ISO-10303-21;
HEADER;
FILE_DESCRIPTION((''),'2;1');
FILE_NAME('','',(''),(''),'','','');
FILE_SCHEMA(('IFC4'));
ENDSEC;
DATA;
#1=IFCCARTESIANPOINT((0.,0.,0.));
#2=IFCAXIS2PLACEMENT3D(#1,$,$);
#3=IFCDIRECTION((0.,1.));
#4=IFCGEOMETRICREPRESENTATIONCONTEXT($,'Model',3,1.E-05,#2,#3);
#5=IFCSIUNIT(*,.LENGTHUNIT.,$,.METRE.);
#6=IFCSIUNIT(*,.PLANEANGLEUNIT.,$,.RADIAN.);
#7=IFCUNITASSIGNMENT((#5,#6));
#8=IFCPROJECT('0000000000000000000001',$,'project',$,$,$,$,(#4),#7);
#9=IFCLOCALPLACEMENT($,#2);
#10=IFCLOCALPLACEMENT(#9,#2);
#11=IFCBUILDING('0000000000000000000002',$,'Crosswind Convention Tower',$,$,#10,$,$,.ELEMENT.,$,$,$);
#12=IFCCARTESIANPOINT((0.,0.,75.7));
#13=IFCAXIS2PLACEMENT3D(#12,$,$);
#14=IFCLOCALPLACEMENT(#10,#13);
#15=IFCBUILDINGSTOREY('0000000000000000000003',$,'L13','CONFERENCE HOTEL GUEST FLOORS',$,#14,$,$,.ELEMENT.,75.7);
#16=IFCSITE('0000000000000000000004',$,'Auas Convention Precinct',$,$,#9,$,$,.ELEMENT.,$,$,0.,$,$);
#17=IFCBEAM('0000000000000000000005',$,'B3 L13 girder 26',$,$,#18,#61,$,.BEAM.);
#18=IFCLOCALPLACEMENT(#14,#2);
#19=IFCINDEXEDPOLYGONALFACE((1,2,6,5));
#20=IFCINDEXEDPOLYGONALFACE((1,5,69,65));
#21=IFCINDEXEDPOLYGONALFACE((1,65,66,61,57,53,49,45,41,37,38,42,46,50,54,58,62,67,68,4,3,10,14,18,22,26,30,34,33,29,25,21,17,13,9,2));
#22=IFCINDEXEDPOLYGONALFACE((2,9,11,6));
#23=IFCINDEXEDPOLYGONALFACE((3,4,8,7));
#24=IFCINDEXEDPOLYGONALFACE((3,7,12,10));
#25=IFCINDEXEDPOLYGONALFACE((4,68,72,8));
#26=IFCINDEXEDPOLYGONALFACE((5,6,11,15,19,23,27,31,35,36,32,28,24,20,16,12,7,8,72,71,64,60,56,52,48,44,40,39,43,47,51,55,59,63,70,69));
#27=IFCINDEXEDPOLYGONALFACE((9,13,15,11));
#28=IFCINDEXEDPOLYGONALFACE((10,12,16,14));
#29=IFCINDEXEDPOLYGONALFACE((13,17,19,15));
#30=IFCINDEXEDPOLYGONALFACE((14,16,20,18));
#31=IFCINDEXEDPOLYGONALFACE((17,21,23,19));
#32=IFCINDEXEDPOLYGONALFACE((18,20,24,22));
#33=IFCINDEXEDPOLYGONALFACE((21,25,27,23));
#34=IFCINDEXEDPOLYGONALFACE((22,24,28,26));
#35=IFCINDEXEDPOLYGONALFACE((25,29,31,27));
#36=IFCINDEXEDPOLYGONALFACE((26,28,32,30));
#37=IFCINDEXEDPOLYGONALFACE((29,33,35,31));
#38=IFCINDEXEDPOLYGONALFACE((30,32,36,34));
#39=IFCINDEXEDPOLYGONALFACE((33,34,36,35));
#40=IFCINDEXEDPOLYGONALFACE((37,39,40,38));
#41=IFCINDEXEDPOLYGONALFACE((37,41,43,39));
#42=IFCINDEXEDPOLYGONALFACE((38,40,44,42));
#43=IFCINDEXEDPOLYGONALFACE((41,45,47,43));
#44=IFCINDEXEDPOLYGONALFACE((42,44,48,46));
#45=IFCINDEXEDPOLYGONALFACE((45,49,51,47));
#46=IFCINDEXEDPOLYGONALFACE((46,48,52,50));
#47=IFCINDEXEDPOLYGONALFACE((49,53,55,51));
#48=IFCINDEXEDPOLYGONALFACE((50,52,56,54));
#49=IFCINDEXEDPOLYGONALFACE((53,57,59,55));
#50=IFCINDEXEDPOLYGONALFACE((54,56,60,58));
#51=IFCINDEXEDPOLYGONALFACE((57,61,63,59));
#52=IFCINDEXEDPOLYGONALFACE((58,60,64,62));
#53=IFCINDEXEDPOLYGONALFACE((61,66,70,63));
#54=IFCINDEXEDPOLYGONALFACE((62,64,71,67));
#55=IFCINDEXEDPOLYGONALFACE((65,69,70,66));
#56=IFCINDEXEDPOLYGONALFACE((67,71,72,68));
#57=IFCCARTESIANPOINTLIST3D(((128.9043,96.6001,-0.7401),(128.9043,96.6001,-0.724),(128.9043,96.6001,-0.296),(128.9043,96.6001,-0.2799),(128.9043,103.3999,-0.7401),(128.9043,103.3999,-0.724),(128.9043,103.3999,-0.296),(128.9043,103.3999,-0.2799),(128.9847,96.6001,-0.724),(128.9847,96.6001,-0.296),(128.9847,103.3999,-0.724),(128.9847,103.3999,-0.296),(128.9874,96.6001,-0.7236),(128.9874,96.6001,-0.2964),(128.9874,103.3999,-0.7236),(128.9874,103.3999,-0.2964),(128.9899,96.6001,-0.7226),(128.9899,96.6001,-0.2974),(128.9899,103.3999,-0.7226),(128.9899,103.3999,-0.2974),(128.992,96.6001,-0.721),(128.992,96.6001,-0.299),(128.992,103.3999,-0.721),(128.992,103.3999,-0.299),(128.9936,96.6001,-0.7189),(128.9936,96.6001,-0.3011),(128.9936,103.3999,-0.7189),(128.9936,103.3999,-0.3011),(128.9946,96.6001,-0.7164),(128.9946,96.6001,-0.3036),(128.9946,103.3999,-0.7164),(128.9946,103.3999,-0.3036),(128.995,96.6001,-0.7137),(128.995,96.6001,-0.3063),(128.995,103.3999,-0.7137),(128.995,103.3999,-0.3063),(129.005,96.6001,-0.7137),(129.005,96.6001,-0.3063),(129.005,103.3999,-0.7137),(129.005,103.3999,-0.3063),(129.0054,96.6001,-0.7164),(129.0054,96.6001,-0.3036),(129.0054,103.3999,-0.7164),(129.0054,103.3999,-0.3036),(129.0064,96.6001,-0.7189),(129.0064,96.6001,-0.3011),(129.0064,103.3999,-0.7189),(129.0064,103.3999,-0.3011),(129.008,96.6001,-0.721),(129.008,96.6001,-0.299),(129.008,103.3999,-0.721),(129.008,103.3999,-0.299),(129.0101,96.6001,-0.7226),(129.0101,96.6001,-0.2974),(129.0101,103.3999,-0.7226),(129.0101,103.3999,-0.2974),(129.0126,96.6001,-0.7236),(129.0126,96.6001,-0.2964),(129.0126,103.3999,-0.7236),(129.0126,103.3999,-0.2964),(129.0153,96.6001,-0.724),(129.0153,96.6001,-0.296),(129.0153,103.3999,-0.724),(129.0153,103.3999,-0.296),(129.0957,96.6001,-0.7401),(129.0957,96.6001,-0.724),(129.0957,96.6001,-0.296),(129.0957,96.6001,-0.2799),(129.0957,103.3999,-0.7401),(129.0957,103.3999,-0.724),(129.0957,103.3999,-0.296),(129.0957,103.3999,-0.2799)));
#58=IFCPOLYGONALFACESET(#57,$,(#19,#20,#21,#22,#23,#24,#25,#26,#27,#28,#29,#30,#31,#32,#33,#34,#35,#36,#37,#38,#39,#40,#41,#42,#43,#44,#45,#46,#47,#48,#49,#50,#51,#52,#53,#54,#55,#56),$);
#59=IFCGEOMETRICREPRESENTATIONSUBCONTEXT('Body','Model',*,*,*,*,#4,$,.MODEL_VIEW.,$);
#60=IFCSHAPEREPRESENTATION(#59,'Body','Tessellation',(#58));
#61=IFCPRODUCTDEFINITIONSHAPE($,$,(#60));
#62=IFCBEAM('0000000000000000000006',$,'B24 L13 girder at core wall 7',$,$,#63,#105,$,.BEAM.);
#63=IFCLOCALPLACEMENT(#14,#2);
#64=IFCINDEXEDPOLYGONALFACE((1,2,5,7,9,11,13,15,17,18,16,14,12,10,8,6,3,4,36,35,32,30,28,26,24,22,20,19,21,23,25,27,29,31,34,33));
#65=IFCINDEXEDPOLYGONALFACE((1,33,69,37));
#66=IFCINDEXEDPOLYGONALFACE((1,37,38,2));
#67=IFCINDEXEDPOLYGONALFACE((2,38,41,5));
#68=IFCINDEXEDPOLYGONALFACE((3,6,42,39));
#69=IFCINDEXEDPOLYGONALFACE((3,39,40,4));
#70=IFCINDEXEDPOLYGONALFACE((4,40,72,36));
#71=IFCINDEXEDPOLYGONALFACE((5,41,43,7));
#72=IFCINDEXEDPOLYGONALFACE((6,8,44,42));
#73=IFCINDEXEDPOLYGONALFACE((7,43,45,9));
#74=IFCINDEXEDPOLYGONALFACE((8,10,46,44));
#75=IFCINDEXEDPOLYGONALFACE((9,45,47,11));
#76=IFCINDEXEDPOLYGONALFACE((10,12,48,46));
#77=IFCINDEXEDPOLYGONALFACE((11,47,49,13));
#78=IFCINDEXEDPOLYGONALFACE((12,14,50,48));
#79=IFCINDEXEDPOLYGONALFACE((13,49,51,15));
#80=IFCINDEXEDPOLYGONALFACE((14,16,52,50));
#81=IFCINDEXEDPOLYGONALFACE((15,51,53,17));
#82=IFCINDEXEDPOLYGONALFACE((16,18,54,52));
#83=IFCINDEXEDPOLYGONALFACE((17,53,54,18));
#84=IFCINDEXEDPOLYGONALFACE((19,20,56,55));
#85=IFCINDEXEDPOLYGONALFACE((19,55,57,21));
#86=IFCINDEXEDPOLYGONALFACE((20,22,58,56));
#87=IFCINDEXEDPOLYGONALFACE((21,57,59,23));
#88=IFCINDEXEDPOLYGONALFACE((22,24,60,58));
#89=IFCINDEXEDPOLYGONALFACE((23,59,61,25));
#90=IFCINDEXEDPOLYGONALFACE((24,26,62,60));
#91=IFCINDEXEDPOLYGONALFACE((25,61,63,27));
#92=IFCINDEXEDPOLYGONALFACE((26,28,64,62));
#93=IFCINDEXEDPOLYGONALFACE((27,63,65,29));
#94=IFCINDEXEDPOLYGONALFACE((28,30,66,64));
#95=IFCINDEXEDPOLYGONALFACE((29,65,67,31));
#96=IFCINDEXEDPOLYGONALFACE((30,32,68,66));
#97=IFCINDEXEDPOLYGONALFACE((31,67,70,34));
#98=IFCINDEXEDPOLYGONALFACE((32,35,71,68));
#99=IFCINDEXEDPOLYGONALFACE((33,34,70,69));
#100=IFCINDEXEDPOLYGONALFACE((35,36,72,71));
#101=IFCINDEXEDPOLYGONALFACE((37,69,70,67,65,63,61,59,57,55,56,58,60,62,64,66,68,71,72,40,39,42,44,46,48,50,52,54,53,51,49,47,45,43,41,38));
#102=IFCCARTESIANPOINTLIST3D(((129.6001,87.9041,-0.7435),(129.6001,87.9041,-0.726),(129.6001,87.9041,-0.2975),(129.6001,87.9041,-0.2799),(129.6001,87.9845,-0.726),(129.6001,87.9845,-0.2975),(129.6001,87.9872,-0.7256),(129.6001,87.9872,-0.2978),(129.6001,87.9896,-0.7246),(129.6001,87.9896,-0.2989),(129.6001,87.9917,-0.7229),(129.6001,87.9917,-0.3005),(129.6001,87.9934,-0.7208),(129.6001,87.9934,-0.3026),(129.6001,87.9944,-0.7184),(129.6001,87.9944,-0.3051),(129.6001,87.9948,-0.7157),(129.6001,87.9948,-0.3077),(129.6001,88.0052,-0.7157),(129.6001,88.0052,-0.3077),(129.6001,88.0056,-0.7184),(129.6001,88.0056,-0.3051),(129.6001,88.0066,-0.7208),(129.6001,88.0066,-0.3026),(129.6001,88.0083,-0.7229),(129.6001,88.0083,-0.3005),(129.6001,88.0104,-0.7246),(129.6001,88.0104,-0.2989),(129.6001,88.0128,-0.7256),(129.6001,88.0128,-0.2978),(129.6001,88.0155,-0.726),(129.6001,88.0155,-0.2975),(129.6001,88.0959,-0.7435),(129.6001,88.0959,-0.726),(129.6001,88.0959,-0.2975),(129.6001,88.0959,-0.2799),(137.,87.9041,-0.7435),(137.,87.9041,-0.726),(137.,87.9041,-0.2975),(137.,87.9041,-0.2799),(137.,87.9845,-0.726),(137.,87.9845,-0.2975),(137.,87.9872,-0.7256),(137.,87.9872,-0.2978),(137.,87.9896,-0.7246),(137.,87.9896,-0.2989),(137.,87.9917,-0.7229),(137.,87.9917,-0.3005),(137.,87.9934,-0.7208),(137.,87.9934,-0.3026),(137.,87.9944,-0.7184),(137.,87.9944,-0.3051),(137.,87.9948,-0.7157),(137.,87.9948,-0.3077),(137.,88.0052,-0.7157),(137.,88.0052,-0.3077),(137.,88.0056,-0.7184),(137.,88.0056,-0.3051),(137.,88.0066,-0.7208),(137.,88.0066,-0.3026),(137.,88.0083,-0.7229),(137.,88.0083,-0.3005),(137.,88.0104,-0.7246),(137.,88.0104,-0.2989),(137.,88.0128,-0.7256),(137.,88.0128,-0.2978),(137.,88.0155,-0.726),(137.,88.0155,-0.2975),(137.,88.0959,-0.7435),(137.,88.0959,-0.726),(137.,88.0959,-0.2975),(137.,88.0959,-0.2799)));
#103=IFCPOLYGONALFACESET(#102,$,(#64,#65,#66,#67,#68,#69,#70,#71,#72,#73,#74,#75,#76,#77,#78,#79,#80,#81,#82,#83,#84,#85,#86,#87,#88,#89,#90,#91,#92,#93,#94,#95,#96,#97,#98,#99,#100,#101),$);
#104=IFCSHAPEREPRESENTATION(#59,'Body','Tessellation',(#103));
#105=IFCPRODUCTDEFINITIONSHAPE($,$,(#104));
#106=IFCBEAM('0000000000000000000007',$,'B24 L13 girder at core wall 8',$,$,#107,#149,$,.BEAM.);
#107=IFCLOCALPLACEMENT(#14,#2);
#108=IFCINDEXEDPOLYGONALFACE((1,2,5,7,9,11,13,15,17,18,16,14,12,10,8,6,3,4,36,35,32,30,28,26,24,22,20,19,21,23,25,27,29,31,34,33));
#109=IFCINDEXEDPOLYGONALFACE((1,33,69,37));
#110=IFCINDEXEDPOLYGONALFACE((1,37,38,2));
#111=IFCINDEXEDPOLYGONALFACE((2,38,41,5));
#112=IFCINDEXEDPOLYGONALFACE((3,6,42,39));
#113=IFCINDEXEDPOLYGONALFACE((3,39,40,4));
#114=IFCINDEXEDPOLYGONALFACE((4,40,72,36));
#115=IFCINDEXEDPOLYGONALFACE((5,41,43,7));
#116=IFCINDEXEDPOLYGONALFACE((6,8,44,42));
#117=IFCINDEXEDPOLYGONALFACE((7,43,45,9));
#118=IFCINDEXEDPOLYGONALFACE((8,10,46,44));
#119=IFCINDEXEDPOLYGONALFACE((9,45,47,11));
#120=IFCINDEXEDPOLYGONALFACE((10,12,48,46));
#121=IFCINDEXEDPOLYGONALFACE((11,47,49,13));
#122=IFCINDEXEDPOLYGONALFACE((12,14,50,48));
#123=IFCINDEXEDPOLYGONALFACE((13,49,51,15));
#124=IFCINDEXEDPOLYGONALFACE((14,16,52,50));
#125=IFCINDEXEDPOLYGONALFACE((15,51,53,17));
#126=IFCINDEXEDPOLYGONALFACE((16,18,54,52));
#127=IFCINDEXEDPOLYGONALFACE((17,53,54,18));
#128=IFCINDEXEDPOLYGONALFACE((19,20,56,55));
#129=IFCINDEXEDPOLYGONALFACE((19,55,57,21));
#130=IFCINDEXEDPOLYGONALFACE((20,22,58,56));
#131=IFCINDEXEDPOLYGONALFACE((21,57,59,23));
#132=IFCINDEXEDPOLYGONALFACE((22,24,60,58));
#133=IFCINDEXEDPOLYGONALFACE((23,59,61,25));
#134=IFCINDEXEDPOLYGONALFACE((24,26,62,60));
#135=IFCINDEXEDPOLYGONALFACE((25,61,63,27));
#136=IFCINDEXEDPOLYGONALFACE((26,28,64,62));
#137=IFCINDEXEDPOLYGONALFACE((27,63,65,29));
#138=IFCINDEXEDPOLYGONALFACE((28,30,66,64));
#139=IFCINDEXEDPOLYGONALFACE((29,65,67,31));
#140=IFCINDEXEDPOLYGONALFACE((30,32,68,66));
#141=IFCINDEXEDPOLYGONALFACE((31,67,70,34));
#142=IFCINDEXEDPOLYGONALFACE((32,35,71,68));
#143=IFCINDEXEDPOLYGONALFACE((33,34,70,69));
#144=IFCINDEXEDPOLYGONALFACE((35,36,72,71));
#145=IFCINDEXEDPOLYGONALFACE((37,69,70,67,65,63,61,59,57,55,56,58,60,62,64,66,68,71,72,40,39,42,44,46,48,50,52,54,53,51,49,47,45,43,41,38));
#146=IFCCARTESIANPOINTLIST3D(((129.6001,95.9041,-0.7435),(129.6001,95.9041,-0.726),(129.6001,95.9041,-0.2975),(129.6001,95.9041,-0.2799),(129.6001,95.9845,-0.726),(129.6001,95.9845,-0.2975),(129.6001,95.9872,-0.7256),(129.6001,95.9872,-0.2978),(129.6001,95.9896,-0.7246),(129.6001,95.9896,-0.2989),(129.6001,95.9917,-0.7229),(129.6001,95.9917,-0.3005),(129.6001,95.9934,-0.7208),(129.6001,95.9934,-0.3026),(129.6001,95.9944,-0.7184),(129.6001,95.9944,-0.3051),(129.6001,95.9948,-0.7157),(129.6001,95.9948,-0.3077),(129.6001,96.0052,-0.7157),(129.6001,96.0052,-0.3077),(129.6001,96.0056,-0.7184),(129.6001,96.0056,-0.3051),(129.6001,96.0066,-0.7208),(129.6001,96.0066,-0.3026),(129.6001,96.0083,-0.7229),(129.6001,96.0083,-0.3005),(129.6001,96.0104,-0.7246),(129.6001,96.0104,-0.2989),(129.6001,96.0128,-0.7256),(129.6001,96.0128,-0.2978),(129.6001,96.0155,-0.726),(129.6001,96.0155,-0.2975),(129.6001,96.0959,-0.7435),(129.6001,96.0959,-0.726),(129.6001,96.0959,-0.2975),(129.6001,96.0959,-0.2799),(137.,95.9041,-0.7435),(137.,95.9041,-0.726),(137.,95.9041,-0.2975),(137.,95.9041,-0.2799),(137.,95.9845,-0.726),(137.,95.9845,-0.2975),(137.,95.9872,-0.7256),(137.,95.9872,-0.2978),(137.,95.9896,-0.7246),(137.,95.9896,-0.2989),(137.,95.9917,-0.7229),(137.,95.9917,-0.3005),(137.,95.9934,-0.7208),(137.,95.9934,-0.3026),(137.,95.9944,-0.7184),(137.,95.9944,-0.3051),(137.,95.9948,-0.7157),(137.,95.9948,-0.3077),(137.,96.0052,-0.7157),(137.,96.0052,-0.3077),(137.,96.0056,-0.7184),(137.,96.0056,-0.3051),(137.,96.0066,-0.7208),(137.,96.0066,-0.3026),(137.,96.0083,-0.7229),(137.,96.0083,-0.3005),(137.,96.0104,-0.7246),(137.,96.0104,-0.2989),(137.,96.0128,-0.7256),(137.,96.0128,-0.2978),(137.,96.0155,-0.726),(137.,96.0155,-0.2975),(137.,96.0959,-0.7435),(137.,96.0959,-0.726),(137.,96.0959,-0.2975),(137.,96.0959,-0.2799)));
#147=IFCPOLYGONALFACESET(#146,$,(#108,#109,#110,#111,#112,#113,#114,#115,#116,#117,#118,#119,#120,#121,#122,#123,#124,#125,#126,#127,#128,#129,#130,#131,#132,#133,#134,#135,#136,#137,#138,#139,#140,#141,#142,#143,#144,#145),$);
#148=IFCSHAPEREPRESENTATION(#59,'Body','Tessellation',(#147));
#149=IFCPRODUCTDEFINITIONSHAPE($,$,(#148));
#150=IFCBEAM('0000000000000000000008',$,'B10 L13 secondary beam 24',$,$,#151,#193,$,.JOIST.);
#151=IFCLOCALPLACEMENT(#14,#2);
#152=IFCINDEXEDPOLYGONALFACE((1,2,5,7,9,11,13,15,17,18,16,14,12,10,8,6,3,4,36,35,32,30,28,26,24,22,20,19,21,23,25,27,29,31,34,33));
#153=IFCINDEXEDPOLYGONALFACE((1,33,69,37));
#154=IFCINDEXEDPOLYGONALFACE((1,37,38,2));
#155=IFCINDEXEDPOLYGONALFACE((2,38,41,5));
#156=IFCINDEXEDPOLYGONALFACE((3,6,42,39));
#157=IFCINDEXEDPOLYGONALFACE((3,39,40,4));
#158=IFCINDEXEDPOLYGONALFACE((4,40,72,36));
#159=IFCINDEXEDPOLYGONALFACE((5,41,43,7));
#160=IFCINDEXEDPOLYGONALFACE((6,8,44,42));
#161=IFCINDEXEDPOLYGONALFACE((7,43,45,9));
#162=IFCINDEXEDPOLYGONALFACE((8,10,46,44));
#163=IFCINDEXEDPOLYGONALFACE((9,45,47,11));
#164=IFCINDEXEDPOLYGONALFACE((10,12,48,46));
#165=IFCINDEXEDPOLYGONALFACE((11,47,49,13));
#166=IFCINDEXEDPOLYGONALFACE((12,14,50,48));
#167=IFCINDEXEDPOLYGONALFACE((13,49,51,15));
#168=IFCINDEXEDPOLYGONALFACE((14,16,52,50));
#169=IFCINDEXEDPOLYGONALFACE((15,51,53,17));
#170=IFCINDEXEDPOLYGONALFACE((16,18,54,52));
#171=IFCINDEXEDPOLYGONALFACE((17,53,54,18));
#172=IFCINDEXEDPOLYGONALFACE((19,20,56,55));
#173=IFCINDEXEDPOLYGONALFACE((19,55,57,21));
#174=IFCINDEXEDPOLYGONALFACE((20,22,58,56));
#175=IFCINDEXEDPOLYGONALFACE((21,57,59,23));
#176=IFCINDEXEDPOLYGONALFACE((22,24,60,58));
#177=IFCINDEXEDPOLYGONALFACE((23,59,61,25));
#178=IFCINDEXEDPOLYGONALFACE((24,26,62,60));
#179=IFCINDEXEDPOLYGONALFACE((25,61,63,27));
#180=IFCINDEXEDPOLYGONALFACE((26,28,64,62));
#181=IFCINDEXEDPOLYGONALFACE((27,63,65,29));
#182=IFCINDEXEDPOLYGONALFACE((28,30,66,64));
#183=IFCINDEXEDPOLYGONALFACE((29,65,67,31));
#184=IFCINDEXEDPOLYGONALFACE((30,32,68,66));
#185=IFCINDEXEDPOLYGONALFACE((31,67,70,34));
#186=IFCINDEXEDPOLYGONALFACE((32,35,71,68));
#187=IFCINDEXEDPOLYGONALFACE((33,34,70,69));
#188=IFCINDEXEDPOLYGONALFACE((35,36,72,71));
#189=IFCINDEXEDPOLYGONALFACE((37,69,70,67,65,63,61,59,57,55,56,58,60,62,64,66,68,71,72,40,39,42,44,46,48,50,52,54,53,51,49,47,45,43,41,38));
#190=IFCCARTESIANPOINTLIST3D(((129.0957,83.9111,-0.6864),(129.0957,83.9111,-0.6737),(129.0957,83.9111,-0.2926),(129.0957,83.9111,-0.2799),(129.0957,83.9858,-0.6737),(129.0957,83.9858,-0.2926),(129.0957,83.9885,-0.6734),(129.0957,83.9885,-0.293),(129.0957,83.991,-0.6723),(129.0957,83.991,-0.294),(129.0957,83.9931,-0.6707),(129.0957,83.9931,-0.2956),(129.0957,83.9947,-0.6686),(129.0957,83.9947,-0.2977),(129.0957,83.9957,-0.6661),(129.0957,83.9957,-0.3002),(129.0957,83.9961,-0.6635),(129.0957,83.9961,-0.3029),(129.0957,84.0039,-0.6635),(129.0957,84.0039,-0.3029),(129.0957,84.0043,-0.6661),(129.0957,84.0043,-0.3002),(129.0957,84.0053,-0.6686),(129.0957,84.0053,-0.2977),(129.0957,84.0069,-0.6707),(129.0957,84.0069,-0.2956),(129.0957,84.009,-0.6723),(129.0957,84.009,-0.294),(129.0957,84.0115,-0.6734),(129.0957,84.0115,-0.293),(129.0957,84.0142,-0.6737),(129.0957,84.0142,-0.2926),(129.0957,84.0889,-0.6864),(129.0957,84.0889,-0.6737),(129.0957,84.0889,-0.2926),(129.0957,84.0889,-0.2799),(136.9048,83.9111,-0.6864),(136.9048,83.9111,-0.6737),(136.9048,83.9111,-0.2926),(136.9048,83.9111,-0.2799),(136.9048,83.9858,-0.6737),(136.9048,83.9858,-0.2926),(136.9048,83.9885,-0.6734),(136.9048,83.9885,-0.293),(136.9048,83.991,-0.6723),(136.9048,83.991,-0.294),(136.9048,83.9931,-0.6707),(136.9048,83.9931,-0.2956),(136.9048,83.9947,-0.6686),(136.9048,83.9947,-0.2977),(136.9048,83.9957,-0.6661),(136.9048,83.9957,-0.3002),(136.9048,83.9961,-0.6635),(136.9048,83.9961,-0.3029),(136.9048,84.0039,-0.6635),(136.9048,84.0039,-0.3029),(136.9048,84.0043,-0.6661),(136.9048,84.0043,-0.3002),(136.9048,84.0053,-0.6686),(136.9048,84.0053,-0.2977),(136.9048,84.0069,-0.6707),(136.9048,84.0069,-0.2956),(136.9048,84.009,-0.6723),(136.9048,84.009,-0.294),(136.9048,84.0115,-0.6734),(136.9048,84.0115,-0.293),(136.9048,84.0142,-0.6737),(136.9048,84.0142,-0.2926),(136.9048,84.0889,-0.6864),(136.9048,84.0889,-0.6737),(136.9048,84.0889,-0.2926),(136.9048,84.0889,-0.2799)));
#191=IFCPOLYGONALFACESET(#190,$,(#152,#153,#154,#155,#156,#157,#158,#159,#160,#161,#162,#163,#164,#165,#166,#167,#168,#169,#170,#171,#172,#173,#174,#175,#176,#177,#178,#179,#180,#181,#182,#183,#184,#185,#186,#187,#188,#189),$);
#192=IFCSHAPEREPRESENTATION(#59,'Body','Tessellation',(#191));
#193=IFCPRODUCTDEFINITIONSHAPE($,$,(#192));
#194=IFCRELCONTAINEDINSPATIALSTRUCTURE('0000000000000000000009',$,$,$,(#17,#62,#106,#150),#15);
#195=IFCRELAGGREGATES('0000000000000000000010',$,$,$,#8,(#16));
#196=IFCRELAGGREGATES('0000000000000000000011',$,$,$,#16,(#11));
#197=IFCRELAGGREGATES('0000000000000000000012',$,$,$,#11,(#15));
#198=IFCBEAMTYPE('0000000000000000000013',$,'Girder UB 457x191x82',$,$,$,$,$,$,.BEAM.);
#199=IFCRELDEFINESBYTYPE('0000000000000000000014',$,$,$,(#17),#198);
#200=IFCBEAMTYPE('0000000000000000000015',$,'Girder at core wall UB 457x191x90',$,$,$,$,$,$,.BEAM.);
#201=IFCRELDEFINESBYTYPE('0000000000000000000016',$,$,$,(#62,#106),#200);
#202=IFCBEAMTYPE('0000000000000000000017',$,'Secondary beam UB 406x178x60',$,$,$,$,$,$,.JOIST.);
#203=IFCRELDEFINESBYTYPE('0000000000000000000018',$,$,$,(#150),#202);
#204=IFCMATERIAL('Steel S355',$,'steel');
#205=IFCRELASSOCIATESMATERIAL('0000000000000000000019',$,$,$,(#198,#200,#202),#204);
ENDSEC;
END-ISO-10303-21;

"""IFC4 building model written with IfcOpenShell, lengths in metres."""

from ifc_helpers import new_model, si_unit, direction, frame, origin, origin_2d, place, context, subcontext, project, spatial, i_section, extrude, material, material_profile, profile_set, type_object, element, save


model = new_model("IFC4")

# Units and contexts
model_context = context("Model", 3, precision=1e-05, world=origin(), true_north=direction((0.0, 1.0)))
body_context = subcontext(model_context, "Body", "Model", "MODEL_VIEW")
ifc_project = project(units=[si_unit("LENGTHUNIT", "METRE"), si_unit("PLANEANGLEUNIT", "RADIAN")], contexts=[model_context])

# Site, building, storey
site_placement = place(None, origin())
site = spatial("IfcSite", under=ifc_project, at=site_placement, Name="Auas Convention Precinct", CompositionType="ELEMENT", RefElevation=0.0)
building_placement = place(site_placement, origin())
building = spatial("IfcBuilding", under=site, at=building_placement, Name="Crosswind Convention Tower", CompositionType="ELEMENT")
storey_placement = place(building_placement, frame((0.0, 0.0, 75.7)))
storey = spatial("IfcBuildingStorey", under=building, at=storey_placement, Name="L13", Description="CONFERENCE HOTEL GUEST FLOORS", CompositionType="ELEMENT", Elevation=75.7)

# Beams
ifc_material_1 = material(Name="Steel S355", Category="steel")
ifc_material_profile_1 = material_profile(ifc_material_1, i_section(OverallWidth=0.1914, OverallDepth=0.4602, WebThickness=0.01, FlangeThickness=0.0161, FilletRadius=0.0103, at=origin_2d()), Name="UB 457x191x82")
ifc_profile_set_1 = profile_set([ifc_material_profile_1], Name="Steel S355")
beam_type_1 = type_object("IfcBeamType", Name="Girder UB 457x191x82", PredefinedType="BEAM", material=ifc_profile_set_1)
for number, where, z_axis, x_axis, name in (
    (1, (129.0, 96.6001, -0.51), (0.0, 1.0, 0.0), (-1.0, 0.0, 0.0), "B3 L13 girder 26"),
):
    element("IfcBeam", number, at=place(storey_placement, frame(where, z_axis=z_axis, x_axis=x_axis)), inside=storey, type_object=beam_type_1, Name=name, PredefinedType="BEAM", context=body_context, shape_type="SweptSolid", body=[
        extrude(i_section(OverallWidth=0.1914, OverallDepth=0.4602, WebThickness=0.01, FlangeThickness=0.0161, FilletRadius=0.0103, at=origin_2d()), origin(), (0.0, 0.0, 1.0), 6.7998),
    ])
ifc_material_profile_2 = material_profile(ifc_material_1, i_section(OverallWidth=0.1919, OverallDepth=0.4636, WebThickness=0.0105, FlangeThickness=0.0176, FilletRadius=0.0103, at=origin_2d()), Name="UB 457x191x90")
ifc_profile_set_2 = profile_set([ifc_material_profile_2], Name="Steel S355")
beam_type_2 = type_object("IfcBeamType", Name="Girder at core wall UB 457x191x90", PredefinedType="BEAM", material=ifc_profile_set_2)
for number, where, z_axis, x_axis, name in (
    (2, (129.6001, 88.0, -0.5117), (1.0, 0.0, 0.0), (0.0, 1.0, 0.0), "B24 L13 girder at core wall 7"),
    (3, (129.6001, 96.0, -0.5117), (1.0, 0.0, 0.0), (0.0, 1.0, 0.0), "B24 L13 girder at core wall 8"),
):
    element("IfcBeam", number, at=place(storey_placement, frame(where, z_axis=z_axis, x_axis=x_axis)), inside=storey, type_object=beam_type_2, Name=name, PredefinedType="BEAM", context=body_context, shape_type="SweptSolid", body=[
        extrude(i_section(OverallWidth=0.1919, OverallDepth=0.4636, WebThickness=0.0105, FlangeThickness=0.0176, FilletRadius=0.0103, at=origin_2d()), origin(), (0.0, 0.0, 1.0), 7.3999),
    ])
ifc_material_profile_3 = material_profile(ifc_material_1, i_section(OverallWidth=0.1777, OverallDepth=0.4065, WebThickness=0.0078, FlangeThickness=0.0127, FilletRadius=0.0103, at=origin_2d()), Name="UB 406x178x60")
ifc_profile_set_3 = profile_set([ifc_material_profile_3], Name="Steel S355")
beam_type_3 = type_object("IfcBeamType", Name="Secondary beam UB 406x178x60", PredefinedType="JOIST", material=ifc_profile_set_3)
beam_1_placement = place(storey_placement, frame((129.0957, 84.0, -0.4832), z_axis=(1.0, 0.0, 0.0), x_axis=(0.0, 1.0, 0.0)))
element("IfcBeam", 4, at=beam_1_placement, inside=storey, type_object=beam_type_3, Name="B10 L13 secondary beam 24", PredefinedType="JOIST", context=body_context, shape_type="SweptSolid", body=[
    extrude(i_section(OverallWidth=0.1777, OverallDepth=0.4065, WebThickness=0.0078, FlangeThickness=0.0127, FilletRadius=0.0103, at=origin_2d()), origin(), (0.0, 0.0, 1.0), 7.8091),
])

save(model, "model.ifc")
